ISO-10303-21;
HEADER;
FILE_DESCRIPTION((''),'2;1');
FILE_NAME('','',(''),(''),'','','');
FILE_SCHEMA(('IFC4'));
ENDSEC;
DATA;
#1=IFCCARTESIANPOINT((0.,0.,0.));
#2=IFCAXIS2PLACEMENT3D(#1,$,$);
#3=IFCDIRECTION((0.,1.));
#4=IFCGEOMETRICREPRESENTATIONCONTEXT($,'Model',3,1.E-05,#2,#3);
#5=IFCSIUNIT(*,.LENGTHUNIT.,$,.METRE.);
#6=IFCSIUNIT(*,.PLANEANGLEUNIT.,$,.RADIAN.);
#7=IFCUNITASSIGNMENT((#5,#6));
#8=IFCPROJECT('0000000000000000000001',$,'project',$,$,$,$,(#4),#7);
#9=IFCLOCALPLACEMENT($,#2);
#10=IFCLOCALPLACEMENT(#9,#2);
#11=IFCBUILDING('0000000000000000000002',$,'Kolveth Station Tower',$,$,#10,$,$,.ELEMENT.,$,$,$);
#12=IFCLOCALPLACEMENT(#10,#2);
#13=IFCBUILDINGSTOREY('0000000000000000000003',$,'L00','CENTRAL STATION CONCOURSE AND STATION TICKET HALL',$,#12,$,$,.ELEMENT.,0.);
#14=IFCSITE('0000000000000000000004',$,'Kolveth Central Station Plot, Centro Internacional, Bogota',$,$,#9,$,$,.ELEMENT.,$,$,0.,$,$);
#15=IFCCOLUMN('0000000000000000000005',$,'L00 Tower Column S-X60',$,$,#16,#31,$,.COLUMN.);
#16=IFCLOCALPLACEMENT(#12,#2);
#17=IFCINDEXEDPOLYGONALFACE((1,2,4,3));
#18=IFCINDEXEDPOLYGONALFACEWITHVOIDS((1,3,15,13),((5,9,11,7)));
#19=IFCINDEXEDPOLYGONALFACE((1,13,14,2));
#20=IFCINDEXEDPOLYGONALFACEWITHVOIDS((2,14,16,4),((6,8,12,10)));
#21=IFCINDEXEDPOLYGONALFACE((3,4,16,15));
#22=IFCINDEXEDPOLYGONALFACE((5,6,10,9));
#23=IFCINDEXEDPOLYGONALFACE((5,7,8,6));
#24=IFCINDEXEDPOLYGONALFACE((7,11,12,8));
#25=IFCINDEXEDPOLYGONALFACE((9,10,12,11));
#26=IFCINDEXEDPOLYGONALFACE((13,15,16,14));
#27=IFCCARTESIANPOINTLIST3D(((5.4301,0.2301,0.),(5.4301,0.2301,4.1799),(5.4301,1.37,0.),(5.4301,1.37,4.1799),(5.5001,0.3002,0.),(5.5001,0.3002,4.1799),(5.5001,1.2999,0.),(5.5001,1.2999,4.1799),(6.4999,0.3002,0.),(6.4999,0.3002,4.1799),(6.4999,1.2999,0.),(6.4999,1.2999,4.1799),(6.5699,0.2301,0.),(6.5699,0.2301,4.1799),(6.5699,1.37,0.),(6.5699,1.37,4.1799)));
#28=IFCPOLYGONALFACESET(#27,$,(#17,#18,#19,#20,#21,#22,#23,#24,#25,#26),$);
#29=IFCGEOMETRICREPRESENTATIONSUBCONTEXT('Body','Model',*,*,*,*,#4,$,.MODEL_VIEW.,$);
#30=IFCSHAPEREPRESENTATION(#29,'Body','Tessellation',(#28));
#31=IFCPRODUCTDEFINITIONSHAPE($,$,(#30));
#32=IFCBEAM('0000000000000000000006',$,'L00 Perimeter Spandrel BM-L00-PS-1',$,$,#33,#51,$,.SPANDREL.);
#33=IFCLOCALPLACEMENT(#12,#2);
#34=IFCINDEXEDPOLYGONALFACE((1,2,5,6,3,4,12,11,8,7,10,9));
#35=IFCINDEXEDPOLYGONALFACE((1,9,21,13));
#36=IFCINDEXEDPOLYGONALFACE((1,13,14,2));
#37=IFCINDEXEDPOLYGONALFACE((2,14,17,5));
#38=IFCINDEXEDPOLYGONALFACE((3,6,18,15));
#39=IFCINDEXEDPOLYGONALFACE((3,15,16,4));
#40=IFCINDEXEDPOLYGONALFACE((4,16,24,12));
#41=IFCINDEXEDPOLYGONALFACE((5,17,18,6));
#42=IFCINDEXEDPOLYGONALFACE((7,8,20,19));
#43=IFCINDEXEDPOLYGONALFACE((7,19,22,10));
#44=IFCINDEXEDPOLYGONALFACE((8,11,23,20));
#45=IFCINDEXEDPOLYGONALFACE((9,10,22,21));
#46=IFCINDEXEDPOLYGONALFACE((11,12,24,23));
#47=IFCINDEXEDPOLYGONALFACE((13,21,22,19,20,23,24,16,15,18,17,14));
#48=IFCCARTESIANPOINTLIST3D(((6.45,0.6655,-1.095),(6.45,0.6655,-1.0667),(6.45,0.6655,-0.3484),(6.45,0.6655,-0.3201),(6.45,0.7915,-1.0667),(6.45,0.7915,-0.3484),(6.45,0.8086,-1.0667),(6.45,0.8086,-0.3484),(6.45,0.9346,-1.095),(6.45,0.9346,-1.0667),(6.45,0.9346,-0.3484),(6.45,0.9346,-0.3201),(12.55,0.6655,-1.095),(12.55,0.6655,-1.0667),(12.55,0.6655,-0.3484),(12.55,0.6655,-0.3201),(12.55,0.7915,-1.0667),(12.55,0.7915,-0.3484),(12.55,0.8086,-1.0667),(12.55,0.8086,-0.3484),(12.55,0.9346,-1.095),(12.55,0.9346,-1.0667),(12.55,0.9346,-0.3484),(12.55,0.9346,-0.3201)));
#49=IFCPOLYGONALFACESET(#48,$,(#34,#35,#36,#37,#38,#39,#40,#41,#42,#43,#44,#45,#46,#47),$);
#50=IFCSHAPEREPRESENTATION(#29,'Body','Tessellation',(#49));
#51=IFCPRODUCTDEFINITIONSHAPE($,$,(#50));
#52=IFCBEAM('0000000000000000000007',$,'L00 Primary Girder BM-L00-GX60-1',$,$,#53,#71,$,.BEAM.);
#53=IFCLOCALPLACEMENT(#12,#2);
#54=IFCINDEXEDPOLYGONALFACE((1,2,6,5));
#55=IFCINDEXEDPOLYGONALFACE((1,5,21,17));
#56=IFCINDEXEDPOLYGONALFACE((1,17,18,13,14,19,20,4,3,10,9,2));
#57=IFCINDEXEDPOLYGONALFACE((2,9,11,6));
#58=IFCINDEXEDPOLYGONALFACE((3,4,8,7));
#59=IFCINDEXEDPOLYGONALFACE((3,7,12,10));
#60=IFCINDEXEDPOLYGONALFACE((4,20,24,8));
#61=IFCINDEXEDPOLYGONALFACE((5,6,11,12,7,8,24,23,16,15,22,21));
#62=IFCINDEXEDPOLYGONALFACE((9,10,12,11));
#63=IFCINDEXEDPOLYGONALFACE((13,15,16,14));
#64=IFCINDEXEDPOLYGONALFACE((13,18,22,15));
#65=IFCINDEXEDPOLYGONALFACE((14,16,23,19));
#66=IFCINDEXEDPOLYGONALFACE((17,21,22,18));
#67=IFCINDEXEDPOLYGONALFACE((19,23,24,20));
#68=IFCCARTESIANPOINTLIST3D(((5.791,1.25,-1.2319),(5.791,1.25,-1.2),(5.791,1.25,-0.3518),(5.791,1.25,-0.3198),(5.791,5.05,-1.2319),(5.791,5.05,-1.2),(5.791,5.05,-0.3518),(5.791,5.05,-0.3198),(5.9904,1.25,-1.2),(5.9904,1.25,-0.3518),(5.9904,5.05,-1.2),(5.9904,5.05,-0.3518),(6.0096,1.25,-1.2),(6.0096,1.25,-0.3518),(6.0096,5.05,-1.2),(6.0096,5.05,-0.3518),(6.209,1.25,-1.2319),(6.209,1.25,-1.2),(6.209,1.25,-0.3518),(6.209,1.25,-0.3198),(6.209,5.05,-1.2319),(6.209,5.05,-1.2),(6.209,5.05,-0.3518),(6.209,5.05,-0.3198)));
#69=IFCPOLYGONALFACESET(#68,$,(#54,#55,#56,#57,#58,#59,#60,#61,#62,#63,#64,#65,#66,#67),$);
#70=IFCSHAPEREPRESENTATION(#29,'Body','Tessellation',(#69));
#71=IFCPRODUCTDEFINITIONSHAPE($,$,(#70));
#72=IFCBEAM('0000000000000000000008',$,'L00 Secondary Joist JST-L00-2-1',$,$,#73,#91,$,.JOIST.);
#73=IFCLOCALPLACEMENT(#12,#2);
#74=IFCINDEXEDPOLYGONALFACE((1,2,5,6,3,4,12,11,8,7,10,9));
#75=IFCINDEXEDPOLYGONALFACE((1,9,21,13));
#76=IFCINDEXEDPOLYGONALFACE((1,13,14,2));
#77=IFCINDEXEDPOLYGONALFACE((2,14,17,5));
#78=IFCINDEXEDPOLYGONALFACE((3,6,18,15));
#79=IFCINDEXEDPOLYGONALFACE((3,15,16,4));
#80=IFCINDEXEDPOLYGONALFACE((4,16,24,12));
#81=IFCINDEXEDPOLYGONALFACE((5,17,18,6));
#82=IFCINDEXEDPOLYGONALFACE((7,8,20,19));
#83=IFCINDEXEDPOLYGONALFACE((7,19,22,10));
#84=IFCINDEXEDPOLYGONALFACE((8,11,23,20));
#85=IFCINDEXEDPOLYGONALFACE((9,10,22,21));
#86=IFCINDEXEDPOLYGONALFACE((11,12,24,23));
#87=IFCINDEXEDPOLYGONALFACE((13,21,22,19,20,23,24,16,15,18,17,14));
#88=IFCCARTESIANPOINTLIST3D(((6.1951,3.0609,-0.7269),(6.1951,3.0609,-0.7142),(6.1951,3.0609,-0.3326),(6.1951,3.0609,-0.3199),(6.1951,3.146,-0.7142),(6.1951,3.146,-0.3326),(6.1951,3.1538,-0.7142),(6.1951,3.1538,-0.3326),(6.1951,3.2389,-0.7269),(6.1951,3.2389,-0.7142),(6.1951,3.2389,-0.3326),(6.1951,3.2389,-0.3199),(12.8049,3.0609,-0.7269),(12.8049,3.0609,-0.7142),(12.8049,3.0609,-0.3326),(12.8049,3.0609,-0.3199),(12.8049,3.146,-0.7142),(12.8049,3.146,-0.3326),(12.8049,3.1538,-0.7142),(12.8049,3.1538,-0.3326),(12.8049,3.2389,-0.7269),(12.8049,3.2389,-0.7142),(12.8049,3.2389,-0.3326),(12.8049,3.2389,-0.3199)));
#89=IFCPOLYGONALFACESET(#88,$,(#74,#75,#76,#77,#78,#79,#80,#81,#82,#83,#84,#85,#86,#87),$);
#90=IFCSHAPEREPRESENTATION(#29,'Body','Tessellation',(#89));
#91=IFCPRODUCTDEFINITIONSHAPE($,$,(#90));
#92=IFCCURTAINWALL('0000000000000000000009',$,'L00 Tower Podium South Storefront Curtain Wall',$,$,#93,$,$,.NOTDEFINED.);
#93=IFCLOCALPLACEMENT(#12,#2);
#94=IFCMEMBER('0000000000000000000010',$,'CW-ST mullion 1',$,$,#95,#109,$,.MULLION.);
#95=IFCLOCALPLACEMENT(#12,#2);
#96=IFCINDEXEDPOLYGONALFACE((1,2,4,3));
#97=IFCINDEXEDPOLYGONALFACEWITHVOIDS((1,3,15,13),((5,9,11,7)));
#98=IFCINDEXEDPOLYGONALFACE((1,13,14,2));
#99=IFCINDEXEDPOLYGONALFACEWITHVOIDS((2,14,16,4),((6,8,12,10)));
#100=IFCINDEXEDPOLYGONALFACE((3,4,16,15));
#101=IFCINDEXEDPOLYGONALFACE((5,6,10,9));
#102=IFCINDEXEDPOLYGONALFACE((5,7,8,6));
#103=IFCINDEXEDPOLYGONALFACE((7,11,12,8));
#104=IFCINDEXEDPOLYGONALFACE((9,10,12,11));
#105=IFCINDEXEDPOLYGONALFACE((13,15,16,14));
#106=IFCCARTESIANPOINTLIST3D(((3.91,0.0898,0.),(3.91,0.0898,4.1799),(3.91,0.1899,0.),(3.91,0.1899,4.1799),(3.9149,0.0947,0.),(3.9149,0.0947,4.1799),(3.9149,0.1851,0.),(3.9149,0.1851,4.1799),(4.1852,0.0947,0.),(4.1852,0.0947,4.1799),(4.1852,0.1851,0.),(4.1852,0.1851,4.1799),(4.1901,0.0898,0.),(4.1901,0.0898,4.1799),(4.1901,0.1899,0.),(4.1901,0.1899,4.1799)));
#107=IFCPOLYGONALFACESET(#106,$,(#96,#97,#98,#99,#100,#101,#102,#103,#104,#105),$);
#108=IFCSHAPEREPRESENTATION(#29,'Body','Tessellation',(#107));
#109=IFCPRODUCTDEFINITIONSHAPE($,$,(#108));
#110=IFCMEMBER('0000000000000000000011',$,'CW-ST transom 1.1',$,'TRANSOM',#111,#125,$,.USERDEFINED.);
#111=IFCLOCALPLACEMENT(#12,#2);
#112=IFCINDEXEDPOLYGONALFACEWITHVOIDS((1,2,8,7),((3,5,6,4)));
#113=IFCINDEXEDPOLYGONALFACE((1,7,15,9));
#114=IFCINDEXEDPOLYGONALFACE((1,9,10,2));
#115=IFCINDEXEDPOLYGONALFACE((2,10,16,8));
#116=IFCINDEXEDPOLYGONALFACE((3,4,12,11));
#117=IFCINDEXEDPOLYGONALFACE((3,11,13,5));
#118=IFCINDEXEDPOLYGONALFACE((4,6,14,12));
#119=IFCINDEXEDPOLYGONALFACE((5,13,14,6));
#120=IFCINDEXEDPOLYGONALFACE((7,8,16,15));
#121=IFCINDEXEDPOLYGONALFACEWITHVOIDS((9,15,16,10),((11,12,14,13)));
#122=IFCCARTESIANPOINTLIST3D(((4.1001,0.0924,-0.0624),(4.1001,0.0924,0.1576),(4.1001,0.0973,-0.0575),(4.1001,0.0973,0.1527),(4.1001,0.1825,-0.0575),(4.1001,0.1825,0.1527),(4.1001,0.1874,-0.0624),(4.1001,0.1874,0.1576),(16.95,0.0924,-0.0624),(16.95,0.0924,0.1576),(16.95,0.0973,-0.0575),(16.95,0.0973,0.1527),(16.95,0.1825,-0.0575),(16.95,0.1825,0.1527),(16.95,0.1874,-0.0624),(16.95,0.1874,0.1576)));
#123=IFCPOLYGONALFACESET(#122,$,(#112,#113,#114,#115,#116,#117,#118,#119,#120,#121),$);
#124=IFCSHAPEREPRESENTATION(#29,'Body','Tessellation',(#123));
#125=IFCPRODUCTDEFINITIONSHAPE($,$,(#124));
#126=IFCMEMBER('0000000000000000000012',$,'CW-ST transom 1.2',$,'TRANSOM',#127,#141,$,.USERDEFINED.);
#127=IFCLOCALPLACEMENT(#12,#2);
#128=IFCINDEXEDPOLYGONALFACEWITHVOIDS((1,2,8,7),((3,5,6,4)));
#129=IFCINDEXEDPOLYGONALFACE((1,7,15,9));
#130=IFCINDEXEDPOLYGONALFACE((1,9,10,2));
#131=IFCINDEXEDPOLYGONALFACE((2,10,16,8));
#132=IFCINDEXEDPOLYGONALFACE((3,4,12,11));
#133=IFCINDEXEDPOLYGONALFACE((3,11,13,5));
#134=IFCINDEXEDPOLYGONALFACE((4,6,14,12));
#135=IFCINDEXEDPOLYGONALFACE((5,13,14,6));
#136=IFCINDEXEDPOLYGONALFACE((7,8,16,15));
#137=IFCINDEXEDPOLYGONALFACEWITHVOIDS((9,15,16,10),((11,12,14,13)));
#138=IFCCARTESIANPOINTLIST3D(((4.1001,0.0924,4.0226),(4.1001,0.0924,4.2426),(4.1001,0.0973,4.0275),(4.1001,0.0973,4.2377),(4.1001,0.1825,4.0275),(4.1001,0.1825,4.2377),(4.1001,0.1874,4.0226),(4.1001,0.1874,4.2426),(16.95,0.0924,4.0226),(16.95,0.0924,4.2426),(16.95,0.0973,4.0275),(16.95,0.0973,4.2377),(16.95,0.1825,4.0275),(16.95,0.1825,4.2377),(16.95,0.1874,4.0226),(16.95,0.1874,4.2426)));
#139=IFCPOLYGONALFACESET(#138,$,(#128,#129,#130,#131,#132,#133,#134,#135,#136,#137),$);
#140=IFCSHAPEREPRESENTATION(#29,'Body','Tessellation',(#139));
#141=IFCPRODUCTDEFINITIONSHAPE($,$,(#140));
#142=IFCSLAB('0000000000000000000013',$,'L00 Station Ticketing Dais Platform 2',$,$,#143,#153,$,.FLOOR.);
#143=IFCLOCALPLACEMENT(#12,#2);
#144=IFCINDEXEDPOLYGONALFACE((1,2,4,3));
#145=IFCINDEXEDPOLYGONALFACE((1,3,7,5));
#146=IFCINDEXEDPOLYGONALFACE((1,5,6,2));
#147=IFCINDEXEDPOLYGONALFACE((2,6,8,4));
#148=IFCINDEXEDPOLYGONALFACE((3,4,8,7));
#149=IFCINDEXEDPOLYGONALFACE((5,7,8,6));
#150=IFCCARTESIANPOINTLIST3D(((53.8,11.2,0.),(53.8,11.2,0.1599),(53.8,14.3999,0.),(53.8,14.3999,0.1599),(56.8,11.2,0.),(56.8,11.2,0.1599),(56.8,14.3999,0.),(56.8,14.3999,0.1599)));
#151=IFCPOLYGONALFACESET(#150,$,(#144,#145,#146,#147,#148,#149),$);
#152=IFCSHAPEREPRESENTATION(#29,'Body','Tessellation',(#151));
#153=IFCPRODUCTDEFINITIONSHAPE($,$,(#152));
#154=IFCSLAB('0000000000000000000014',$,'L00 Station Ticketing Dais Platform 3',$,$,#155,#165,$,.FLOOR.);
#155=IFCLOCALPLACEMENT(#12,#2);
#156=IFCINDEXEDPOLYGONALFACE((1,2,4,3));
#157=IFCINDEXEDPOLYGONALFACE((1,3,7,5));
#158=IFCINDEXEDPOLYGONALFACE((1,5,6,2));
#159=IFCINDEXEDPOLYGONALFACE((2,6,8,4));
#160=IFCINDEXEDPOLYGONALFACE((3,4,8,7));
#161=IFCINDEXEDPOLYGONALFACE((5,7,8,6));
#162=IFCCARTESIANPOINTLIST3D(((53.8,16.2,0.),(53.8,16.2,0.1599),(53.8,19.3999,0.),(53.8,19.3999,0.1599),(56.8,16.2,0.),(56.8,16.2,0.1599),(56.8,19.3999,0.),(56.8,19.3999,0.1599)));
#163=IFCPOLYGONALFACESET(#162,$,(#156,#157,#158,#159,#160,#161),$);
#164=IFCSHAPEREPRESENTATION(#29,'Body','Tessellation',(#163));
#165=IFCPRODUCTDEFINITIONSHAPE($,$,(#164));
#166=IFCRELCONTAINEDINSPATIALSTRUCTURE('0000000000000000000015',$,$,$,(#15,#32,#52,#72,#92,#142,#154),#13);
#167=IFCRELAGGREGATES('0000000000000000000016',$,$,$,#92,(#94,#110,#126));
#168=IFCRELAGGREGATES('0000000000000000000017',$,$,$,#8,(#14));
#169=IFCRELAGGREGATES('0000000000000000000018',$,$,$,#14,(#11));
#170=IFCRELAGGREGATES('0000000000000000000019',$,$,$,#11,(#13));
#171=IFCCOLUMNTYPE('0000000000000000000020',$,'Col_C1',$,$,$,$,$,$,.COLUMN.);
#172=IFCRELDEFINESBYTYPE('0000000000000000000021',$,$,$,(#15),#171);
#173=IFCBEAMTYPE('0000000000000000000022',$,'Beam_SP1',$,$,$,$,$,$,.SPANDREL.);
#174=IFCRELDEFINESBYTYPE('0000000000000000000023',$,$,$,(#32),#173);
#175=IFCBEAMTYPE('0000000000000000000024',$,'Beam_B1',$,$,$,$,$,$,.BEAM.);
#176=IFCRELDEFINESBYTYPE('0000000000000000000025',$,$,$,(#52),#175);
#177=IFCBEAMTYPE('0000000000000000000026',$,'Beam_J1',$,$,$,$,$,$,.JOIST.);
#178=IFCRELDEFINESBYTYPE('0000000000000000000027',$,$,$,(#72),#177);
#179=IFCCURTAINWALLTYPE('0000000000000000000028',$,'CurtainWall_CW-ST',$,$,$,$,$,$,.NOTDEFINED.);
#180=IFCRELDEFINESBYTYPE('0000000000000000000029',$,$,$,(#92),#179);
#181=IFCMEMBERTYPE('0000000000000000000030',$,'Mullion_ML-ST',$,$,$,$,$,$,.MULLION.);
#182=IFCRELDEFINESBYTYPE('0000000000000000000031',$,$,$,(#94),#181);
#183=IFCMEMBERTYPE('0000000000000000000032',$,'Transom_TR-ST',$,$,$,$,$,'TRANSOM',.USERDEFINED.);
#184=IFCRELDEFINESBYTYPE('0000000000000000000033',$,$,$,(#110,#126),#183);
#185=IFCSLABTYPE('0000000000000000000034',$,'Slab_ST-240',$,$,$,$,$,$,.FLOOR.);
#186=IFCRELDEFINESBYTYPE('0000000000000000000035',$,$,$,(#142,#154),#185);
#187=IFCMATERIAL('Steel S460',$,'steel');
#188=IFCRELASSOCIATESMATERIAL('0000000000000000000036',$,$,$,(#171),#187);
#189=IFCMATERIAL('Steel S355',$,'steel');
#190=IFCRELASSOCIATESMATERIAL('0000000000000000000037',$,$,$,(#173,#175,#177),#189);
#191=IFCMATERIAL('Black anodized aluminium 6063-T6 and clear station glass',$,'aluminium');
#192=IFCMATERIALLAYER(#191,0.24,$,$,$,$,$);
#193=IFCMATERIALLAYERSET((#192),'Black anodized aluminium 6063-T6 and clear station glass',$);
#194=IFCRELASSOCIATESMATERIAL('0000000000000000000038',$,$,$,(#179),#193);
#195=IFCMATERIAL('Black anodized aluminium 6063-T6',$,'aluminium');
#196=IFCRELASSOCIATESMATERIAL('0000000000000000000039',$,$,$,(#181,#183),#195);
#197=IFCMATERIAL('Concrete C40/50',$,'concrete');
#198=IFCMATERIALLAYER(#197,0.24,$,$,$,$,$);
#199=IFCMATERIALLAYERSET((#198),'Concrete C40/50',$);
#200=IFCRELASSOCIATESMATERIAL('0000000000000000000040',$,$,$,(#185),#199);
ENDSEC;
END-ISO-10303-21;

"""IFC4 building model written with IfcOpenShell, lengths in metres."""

from ifc_helpers import new_model, si_unit, direction, frame, origin, origin_2d, place, context, subcontext, project, spatial, polyline, hollow_rectangle, i_section, outline, extrude, source, transform, mapped, material, layer, layer_set, material_profile, profile_set, type_object, element, aggregate, save


model = new_model("IFC4")

# Units and contexts
model_context = context("Model", 3, precision=1e-05, world=origin(), true_north=direction((0.0, 1.0)))
body_context = subcontext(model_context, "Body", "Model", "MODEL_VIEW")
ifc_project = project(units=[si_unit("LENGTHUNIT", "METRE"), si_unit("PLANEANGLEUNIT", "RADIAN")], contexts=[model_context])

# Site, building, storey
site_placement = place(None, origin())
site = spatial("IfcSite", under=ifc_project, at=site_placement, Name="Kolveth Central Station Plot, Centro Internacional, Bogota", CompositionType="ELEMENT", RefElevation=0.0)
building_placement = place(site_placement, origin())
building = spatial("IfcBuilding", under=site, at=building_placement, Name="Kolveth Station Tower", CompositionType="ELEMENT")
storey_placement = place(building_placement, origin())
storey = spatial("IfcBuildingStorey", under=building, at=storey_placement, Name="L00", Description="CENTRAL STATION CONCOURSE AND STATION TICKET HALL", CompositionType="ELEMENT", Elevation=0.0)

# Column
ifc_material_1 = material(Name="Steel S460", Category="steel")
ifc_material_profile_1 = material_profile(ifc_material_1, hollow_rectangle(XDim=1.1399, YDim=1.1399, WallThickness=0.0701, at=origin_2d()), Name="BOX1140x1140x70")
ifc_profile_set_1 = profile_set([ifc_material_profile_1], Name="Steel S460")
column_type = type_object("IfcColumnType", Name="Col_C1", PredefinedType="COLUMN", material=ifc_profile_set_1)
shared_shape_1 = source(origin(), body_context, "Body", "SweptSolid", [
    extrude(hollow_rectangle(XDim=1.1399, YDim=1.1399, WallThickness=0.0701, at=origin_2d()), origin(), (0.0, 0.0, 1.0), 4.1799),
])
column_placement = place(storey_placement, frame((6.0, 0.8, 0.0), z_axis=(0.0, 0.0, 1.0), x_axis=(1.0, 0.0, 0.0)))
element("IfcColumn", 1, at=column_placement, inside=storey, type_object=column_type, Name="L00 Tower Column S-X60", PredefinedType="COLUMN", context=body_context, shape_type="MappedRepresentation", body=[
    mapped(shared_shape_1, transform((0.0, 0.0, 0.0), x_axis=(1.0, 0.0, 0.0), y_axis=(0.0, 1.0, 0.0), z_axis=(0.0, 0.0, 1.0), scale=1.0)),
])

# Beams
ifc_material_2 = material(Name="Steel S355", Category="steel")
ifc_material_profile_2 = material_profile(ifc_material_2, i_section(OverallWidth=0.269, OverallDepth=0.7749, WebThickness=0.0171, FlangeThickness=0.0283, at=origin_2d()), Name="W760x220")
ifc_profile_set_2 = profile_set([ifc_material_profile_2], Name="Steel S355")
beam_type_1 = type_object("IfcBeamType", Name="Beam_SP1", PredefinedType="SPANDREL", material=ifc_profile_set_2)
shared_shape_2 = source(origin(), body_context, "Body", "SweptSolid", [
    extrude(i_section(OverallWidth=0.269, OverallDepth=0.7749, WebThickness=0.0171, FlangeThickness=0.0283, at=origin_2d()), origin(), (0.0, 0.0, 1.0), 6.1001),
])
beam_1_placement = place(storey_placement, frame((6.45, 0.8, -0.7075), z_axis=(1.0, 0.0, 0.0), x_axis=(0.0, 1.0, 0.0)))
element("IfcBeam", 2, at=beam_1_placement, inside=storey, type_object=beam_type_1, Name="L00 Perimeter Spandrel BM-L00-PS-1", PredefinedType="SPANDREL", context=body_context, shape_type="MappedRepresentation", body=[
    mapped(shared_shape_2, transform((0.0, 0.0, 0.0), x_axis=(1.0, 0.0, 0.0), y_axis=(0.0, 1.0, 0.0), z_axis=(0.0, 0.0, 1.0), scale=1.0)),
])
ifc_material_profile_3 = material_profile(ifc_material_2, i_section(OverallWidth=0.418, OverallDepth=0.9121, WebThickness=0.0193, FlangeThickness=0.032, at=origin_2d()), Name="W920x342")
ifc_profile_set_3 = profile_set([ifc_material_profile_3], Name="Steel S355")
beam_type_2 = type_object("IfcBeamType", Name="Beam_B1", PredefinedType="BEAM", material=ifc_profile_set_3)
shared_shape_3 = source(origin(), body_context, "Body", "SweptSolid", [
    extrude(i_section(OverallWidth=0.418, OverallDepth=0.9121, WebThickness=0.0193, FlangeThickness=0.032, at=origin_2d()), origin(), (0.0, 0.0, 1.0), 3.8),
])
beam_2_placement = place(storey_placement, frame((6.0, 1.25, -0.7759), z_axis=(0.0, 1.0, 0.0), x_axis=(-1.0, 0.0, 0.0)))
element("IfcBeam", 3, at=beam_2_placement, inside=storey, type_object=beam_type_2, Name="L00 Primary Girder BM-L00-GX60-1", PredefinedType="BEAM", context=body_context, shape_type="MappedRepresentation", body=[
    mapped(shared_shape_3, transform((0.0, 0.0, 0.0), x_axis=(1.0, 0.0, 0.0), y_axis=(0.0, 1.0, 0.0), z_axis=(0.0, 0.0, 1.0), scale=1.0)),
])
ifc_material_profile_4 = material_profile(ifc_material_2, i_section(OverallWidth=0.178, OverallDepth=0.407, WebThickness=0.0078, FlangeThickness=0.0127, at=origin_2d()), Name="W410x60")
ifc_profile_set_4 = profile_set([ifc_material_profile_4], Name="Steel S355")
beam_type_3 = type_object("IfcBeamType", Name="Beam_J1", PredefinedType="JOIST", material=ifc_profile_set_4)
shared_shape_4 = source(origin(), body_context, "Body", "SweptSolid", [
    extrude(i_section(OverallWidth=0.178, OverallDepth=0.407, WebThickness=0.0078, FlangeThickness=0.0127, at=origin_2d()), origin(), (0.0, 0.0, 1.0), 6.6099),
])
beam_3_placement = place(storey_placement, frame((6.1951, 3.1499, -0.5234), z_axis=(1.0, 0.0, 0.0), x_axis=(0.0, 1.0, 0.0)))
element("IfcBeam", 4, at=beam_3_placement, inside=storey, type_object=beam_type_3, Name="L00 Secondary Joist JST-L00-2-1", PredefinedType="JOIST", context=body_context, shape_type="MappedRepresentation", body=[
    mapped(shared_shape_4, transform((0.0, 0.0, 0.0), x_axis=(1.0, 0.0, 0.0), y_axis=(0.0, 1.0, 0.0), z_axis=(0.0, 0.0, 1.0), scale=1.0)),
])

# Curtain wall, members
ifc_material_3 = material(Name="Black anodized aluminium 6063-T6 and clear station glass", Category="aluminium")
ifc_layer_1 = layer(ifc_material_3, 0.24)
ifc_layer_set_1 = layer_set([ifc_layer_1], Name="Black anodized aluminium 6063-T6 and clear station glass")
curtain_wall_type = type_object("IfcCurtainWallType", Name="CurtainWall_CW-ST", PredefinedType="NOTDEFINED", material=ifc_layer_set_1)
curtain_wall_placement = place(storey_placement, origin())
curtain_wall = element("IfcCurtainWall", 5, at=curtain_wall_placement, inside=storey, type_object=curtain_wall_type, Name="L00 Tower Podium South Storefront Curtain Wall", PredefinedType="NOTDEFINED")
ifc_material_4 = material(Name="Black anodized aluminium 6063-T6", Category="aluminium")
ifc_material_profile_5 = material_profile(ifc_material_4, hollow_rectangle(XDim=0.1001, YDim=0.28, WallThickness=0.0049, at=origin_2d()), Name="ALU-100x280x5")
ifc_profile_set_5 = profile_set([ifc_material_profile_5], Name="Black anodized aluminium 6063-T6")
member_type_1 = type_object("IfcMemberType", Name="Mullion_ML-ST", PredefinedType="MULLION", material=ifc_profile_set_5)
shared_shape_5 = source(origin(), body_context, "Body", "SweptSolid", [
    extrude(hollow_rectangle(XDim=0.1001, YDim=0.28, WallThickness=0.0049, at=origin_2d()), origin(), (0.0, 0.0, 1.0), 4.1799),
])
member_1_placement = place(storey_placement, frame((4.05, 0.1399, 0.0), z_axis=(0.0, 0.0, 1.0), x_axis=(0.0, 1.0, 0.0)))
member_1 = element("IfcMember", 6, at=member_1_placement, type_object=member_type_1, Name="CW-ST mullion 1", PredefinedType="MULLION", context=body_context, shape_type="MappedRepresentation", body=[
    mapped(shared_shape_5, transform((0.0, 0.0, 0.0), x_axis=(1.0, 0.0, 0.0), y_axis=(0.0, 1.0, 0.0), z_axis=(0.0, 0.0, 1.0), scale=1.0)),
])
ifc_material_profile_6 = material_profile(ifc_material_4, hollow_rectangle(XDim=0.095, YDim=0.22, WallThickness=0.0049, at=origin_2d()), Name="ALU-95x220x5")
ifc_profile_set_6 = profile_set([ifc_material_profile_6], Name="Black anodized aluminium 6063-T6")
member_type_2 = type_object("IfcMemberType", Name="Transom_TR-ST", ElementType="TRANSOM", PredefinedType="USERDEFINED", material=ifc_profile_set_6)
shared_shape_6 = source(origin(), body_context, "Body", "SweptSolid", [
    extrude(hollow_rectangle(XDim=0.095, YDim=0.22, WallThickness=0.0049, at=origin_2d()), origin(), (0.0, 0.0, 1.0), 12.8499),
])
member_2_placement = place(storey_placement, frame((4.1001, 0.1399, 0.0476), z_axis=(1.0, 0.0, 0.0), x_axis=(0.0, 1.0, 0.0)))
member_2 = element("IfcMember", 7, at=member_2_placement, type_object=member_type_2, Name="CW-ST transom 1.1", ObjectType="TRANSOM", PredefinedType="USERDEFINED", context=body_context, shape_type="MappedRepresentation", body=[
    mapped(shared_shape_6, transform((0.0, 0.0, 0.0), x_axis=(1.0, 0.0, 0.0), y_axis=(0.0, 1.0, 0.0), z_axis=(0.0, 0.0, 1.0), scale=1.0)),
])
member_3_placement = place(storey_placement, frame((4.1001, 0.1399, 4.1326), z_axis=(1.0, 0.0, 0.0), x_axis=(0.0, 1.0, 0.0)))
member_3 = element("IfcMember", 8, at=member_3_placement, type_object=member_type_2, Name="CW-ST transom 1.2", ObjectType="TRANSOM", PredefinedType="USERDEFINED", context=body_context, shape_type="MappedRepresentation", body=[
    mapped(shared_shape_6, transform((0.0, 0.0, 0.0), x_axis=(1.0, 0.0, 0.0), y_axis=(0.0, 1.0, 0.0), z_axis=(0.0, 0.0, 1.0), scale=1.0)),
])
aggregate(curtain_wall, [member_1, member_2, member_3])

# Slabs
ifc_material_5 = material(Name="Concrete C40/50", Category="concrete")
ifc_layer_2 = layer(ifc_material_5, 0.24)
ifc_layer_set_2 = layer_set([ifc_layer_2], Name="Concrete C40/50")
slab_type = type_object("IfcSlabType", Name="Slab_ST-240", PredefinedType="FLOOR", material=ifc_layer_set_2)
slab_1_placement = place(storey_placement, origin())
element("IfcSlab", 9, at=slab_1_placement, inside=storey, type_object=slab_type, Name="L00 Station Ticketing Dais Platform 2", PredefinedType="FLOOR", context=body_context, shape_type="SweptSolid", body=[
    extrude(outline(polyline([(53.8, 11.2), (56.8, 11.2), (56.8, 14.3999), (53.8, 14.3999), (53.8, 11.2)])), origin(), (0.0, 0.0, 1.0), 0.1599),
])
slab_2_placement = place(storey_placement, origin())
element("IfcSlab", 10, at=slab_2_placement, inside=storey, type_object=slab_type, Name="L00 Station Ticketing Dais Platform 3", PredefinedType="FLOOR", context=body_context, shape_type="SweptSolid", body=[
    extrude(outline(polyline([(53.8, 16.2), (56.8, 16.2), (56.8, 19.3999), (53.8, 19.3999), (53.8, 16.2)])), origin(), (0.0, 0.0, 1.0), 0.1599),
])

save(model, "model.ifc")
